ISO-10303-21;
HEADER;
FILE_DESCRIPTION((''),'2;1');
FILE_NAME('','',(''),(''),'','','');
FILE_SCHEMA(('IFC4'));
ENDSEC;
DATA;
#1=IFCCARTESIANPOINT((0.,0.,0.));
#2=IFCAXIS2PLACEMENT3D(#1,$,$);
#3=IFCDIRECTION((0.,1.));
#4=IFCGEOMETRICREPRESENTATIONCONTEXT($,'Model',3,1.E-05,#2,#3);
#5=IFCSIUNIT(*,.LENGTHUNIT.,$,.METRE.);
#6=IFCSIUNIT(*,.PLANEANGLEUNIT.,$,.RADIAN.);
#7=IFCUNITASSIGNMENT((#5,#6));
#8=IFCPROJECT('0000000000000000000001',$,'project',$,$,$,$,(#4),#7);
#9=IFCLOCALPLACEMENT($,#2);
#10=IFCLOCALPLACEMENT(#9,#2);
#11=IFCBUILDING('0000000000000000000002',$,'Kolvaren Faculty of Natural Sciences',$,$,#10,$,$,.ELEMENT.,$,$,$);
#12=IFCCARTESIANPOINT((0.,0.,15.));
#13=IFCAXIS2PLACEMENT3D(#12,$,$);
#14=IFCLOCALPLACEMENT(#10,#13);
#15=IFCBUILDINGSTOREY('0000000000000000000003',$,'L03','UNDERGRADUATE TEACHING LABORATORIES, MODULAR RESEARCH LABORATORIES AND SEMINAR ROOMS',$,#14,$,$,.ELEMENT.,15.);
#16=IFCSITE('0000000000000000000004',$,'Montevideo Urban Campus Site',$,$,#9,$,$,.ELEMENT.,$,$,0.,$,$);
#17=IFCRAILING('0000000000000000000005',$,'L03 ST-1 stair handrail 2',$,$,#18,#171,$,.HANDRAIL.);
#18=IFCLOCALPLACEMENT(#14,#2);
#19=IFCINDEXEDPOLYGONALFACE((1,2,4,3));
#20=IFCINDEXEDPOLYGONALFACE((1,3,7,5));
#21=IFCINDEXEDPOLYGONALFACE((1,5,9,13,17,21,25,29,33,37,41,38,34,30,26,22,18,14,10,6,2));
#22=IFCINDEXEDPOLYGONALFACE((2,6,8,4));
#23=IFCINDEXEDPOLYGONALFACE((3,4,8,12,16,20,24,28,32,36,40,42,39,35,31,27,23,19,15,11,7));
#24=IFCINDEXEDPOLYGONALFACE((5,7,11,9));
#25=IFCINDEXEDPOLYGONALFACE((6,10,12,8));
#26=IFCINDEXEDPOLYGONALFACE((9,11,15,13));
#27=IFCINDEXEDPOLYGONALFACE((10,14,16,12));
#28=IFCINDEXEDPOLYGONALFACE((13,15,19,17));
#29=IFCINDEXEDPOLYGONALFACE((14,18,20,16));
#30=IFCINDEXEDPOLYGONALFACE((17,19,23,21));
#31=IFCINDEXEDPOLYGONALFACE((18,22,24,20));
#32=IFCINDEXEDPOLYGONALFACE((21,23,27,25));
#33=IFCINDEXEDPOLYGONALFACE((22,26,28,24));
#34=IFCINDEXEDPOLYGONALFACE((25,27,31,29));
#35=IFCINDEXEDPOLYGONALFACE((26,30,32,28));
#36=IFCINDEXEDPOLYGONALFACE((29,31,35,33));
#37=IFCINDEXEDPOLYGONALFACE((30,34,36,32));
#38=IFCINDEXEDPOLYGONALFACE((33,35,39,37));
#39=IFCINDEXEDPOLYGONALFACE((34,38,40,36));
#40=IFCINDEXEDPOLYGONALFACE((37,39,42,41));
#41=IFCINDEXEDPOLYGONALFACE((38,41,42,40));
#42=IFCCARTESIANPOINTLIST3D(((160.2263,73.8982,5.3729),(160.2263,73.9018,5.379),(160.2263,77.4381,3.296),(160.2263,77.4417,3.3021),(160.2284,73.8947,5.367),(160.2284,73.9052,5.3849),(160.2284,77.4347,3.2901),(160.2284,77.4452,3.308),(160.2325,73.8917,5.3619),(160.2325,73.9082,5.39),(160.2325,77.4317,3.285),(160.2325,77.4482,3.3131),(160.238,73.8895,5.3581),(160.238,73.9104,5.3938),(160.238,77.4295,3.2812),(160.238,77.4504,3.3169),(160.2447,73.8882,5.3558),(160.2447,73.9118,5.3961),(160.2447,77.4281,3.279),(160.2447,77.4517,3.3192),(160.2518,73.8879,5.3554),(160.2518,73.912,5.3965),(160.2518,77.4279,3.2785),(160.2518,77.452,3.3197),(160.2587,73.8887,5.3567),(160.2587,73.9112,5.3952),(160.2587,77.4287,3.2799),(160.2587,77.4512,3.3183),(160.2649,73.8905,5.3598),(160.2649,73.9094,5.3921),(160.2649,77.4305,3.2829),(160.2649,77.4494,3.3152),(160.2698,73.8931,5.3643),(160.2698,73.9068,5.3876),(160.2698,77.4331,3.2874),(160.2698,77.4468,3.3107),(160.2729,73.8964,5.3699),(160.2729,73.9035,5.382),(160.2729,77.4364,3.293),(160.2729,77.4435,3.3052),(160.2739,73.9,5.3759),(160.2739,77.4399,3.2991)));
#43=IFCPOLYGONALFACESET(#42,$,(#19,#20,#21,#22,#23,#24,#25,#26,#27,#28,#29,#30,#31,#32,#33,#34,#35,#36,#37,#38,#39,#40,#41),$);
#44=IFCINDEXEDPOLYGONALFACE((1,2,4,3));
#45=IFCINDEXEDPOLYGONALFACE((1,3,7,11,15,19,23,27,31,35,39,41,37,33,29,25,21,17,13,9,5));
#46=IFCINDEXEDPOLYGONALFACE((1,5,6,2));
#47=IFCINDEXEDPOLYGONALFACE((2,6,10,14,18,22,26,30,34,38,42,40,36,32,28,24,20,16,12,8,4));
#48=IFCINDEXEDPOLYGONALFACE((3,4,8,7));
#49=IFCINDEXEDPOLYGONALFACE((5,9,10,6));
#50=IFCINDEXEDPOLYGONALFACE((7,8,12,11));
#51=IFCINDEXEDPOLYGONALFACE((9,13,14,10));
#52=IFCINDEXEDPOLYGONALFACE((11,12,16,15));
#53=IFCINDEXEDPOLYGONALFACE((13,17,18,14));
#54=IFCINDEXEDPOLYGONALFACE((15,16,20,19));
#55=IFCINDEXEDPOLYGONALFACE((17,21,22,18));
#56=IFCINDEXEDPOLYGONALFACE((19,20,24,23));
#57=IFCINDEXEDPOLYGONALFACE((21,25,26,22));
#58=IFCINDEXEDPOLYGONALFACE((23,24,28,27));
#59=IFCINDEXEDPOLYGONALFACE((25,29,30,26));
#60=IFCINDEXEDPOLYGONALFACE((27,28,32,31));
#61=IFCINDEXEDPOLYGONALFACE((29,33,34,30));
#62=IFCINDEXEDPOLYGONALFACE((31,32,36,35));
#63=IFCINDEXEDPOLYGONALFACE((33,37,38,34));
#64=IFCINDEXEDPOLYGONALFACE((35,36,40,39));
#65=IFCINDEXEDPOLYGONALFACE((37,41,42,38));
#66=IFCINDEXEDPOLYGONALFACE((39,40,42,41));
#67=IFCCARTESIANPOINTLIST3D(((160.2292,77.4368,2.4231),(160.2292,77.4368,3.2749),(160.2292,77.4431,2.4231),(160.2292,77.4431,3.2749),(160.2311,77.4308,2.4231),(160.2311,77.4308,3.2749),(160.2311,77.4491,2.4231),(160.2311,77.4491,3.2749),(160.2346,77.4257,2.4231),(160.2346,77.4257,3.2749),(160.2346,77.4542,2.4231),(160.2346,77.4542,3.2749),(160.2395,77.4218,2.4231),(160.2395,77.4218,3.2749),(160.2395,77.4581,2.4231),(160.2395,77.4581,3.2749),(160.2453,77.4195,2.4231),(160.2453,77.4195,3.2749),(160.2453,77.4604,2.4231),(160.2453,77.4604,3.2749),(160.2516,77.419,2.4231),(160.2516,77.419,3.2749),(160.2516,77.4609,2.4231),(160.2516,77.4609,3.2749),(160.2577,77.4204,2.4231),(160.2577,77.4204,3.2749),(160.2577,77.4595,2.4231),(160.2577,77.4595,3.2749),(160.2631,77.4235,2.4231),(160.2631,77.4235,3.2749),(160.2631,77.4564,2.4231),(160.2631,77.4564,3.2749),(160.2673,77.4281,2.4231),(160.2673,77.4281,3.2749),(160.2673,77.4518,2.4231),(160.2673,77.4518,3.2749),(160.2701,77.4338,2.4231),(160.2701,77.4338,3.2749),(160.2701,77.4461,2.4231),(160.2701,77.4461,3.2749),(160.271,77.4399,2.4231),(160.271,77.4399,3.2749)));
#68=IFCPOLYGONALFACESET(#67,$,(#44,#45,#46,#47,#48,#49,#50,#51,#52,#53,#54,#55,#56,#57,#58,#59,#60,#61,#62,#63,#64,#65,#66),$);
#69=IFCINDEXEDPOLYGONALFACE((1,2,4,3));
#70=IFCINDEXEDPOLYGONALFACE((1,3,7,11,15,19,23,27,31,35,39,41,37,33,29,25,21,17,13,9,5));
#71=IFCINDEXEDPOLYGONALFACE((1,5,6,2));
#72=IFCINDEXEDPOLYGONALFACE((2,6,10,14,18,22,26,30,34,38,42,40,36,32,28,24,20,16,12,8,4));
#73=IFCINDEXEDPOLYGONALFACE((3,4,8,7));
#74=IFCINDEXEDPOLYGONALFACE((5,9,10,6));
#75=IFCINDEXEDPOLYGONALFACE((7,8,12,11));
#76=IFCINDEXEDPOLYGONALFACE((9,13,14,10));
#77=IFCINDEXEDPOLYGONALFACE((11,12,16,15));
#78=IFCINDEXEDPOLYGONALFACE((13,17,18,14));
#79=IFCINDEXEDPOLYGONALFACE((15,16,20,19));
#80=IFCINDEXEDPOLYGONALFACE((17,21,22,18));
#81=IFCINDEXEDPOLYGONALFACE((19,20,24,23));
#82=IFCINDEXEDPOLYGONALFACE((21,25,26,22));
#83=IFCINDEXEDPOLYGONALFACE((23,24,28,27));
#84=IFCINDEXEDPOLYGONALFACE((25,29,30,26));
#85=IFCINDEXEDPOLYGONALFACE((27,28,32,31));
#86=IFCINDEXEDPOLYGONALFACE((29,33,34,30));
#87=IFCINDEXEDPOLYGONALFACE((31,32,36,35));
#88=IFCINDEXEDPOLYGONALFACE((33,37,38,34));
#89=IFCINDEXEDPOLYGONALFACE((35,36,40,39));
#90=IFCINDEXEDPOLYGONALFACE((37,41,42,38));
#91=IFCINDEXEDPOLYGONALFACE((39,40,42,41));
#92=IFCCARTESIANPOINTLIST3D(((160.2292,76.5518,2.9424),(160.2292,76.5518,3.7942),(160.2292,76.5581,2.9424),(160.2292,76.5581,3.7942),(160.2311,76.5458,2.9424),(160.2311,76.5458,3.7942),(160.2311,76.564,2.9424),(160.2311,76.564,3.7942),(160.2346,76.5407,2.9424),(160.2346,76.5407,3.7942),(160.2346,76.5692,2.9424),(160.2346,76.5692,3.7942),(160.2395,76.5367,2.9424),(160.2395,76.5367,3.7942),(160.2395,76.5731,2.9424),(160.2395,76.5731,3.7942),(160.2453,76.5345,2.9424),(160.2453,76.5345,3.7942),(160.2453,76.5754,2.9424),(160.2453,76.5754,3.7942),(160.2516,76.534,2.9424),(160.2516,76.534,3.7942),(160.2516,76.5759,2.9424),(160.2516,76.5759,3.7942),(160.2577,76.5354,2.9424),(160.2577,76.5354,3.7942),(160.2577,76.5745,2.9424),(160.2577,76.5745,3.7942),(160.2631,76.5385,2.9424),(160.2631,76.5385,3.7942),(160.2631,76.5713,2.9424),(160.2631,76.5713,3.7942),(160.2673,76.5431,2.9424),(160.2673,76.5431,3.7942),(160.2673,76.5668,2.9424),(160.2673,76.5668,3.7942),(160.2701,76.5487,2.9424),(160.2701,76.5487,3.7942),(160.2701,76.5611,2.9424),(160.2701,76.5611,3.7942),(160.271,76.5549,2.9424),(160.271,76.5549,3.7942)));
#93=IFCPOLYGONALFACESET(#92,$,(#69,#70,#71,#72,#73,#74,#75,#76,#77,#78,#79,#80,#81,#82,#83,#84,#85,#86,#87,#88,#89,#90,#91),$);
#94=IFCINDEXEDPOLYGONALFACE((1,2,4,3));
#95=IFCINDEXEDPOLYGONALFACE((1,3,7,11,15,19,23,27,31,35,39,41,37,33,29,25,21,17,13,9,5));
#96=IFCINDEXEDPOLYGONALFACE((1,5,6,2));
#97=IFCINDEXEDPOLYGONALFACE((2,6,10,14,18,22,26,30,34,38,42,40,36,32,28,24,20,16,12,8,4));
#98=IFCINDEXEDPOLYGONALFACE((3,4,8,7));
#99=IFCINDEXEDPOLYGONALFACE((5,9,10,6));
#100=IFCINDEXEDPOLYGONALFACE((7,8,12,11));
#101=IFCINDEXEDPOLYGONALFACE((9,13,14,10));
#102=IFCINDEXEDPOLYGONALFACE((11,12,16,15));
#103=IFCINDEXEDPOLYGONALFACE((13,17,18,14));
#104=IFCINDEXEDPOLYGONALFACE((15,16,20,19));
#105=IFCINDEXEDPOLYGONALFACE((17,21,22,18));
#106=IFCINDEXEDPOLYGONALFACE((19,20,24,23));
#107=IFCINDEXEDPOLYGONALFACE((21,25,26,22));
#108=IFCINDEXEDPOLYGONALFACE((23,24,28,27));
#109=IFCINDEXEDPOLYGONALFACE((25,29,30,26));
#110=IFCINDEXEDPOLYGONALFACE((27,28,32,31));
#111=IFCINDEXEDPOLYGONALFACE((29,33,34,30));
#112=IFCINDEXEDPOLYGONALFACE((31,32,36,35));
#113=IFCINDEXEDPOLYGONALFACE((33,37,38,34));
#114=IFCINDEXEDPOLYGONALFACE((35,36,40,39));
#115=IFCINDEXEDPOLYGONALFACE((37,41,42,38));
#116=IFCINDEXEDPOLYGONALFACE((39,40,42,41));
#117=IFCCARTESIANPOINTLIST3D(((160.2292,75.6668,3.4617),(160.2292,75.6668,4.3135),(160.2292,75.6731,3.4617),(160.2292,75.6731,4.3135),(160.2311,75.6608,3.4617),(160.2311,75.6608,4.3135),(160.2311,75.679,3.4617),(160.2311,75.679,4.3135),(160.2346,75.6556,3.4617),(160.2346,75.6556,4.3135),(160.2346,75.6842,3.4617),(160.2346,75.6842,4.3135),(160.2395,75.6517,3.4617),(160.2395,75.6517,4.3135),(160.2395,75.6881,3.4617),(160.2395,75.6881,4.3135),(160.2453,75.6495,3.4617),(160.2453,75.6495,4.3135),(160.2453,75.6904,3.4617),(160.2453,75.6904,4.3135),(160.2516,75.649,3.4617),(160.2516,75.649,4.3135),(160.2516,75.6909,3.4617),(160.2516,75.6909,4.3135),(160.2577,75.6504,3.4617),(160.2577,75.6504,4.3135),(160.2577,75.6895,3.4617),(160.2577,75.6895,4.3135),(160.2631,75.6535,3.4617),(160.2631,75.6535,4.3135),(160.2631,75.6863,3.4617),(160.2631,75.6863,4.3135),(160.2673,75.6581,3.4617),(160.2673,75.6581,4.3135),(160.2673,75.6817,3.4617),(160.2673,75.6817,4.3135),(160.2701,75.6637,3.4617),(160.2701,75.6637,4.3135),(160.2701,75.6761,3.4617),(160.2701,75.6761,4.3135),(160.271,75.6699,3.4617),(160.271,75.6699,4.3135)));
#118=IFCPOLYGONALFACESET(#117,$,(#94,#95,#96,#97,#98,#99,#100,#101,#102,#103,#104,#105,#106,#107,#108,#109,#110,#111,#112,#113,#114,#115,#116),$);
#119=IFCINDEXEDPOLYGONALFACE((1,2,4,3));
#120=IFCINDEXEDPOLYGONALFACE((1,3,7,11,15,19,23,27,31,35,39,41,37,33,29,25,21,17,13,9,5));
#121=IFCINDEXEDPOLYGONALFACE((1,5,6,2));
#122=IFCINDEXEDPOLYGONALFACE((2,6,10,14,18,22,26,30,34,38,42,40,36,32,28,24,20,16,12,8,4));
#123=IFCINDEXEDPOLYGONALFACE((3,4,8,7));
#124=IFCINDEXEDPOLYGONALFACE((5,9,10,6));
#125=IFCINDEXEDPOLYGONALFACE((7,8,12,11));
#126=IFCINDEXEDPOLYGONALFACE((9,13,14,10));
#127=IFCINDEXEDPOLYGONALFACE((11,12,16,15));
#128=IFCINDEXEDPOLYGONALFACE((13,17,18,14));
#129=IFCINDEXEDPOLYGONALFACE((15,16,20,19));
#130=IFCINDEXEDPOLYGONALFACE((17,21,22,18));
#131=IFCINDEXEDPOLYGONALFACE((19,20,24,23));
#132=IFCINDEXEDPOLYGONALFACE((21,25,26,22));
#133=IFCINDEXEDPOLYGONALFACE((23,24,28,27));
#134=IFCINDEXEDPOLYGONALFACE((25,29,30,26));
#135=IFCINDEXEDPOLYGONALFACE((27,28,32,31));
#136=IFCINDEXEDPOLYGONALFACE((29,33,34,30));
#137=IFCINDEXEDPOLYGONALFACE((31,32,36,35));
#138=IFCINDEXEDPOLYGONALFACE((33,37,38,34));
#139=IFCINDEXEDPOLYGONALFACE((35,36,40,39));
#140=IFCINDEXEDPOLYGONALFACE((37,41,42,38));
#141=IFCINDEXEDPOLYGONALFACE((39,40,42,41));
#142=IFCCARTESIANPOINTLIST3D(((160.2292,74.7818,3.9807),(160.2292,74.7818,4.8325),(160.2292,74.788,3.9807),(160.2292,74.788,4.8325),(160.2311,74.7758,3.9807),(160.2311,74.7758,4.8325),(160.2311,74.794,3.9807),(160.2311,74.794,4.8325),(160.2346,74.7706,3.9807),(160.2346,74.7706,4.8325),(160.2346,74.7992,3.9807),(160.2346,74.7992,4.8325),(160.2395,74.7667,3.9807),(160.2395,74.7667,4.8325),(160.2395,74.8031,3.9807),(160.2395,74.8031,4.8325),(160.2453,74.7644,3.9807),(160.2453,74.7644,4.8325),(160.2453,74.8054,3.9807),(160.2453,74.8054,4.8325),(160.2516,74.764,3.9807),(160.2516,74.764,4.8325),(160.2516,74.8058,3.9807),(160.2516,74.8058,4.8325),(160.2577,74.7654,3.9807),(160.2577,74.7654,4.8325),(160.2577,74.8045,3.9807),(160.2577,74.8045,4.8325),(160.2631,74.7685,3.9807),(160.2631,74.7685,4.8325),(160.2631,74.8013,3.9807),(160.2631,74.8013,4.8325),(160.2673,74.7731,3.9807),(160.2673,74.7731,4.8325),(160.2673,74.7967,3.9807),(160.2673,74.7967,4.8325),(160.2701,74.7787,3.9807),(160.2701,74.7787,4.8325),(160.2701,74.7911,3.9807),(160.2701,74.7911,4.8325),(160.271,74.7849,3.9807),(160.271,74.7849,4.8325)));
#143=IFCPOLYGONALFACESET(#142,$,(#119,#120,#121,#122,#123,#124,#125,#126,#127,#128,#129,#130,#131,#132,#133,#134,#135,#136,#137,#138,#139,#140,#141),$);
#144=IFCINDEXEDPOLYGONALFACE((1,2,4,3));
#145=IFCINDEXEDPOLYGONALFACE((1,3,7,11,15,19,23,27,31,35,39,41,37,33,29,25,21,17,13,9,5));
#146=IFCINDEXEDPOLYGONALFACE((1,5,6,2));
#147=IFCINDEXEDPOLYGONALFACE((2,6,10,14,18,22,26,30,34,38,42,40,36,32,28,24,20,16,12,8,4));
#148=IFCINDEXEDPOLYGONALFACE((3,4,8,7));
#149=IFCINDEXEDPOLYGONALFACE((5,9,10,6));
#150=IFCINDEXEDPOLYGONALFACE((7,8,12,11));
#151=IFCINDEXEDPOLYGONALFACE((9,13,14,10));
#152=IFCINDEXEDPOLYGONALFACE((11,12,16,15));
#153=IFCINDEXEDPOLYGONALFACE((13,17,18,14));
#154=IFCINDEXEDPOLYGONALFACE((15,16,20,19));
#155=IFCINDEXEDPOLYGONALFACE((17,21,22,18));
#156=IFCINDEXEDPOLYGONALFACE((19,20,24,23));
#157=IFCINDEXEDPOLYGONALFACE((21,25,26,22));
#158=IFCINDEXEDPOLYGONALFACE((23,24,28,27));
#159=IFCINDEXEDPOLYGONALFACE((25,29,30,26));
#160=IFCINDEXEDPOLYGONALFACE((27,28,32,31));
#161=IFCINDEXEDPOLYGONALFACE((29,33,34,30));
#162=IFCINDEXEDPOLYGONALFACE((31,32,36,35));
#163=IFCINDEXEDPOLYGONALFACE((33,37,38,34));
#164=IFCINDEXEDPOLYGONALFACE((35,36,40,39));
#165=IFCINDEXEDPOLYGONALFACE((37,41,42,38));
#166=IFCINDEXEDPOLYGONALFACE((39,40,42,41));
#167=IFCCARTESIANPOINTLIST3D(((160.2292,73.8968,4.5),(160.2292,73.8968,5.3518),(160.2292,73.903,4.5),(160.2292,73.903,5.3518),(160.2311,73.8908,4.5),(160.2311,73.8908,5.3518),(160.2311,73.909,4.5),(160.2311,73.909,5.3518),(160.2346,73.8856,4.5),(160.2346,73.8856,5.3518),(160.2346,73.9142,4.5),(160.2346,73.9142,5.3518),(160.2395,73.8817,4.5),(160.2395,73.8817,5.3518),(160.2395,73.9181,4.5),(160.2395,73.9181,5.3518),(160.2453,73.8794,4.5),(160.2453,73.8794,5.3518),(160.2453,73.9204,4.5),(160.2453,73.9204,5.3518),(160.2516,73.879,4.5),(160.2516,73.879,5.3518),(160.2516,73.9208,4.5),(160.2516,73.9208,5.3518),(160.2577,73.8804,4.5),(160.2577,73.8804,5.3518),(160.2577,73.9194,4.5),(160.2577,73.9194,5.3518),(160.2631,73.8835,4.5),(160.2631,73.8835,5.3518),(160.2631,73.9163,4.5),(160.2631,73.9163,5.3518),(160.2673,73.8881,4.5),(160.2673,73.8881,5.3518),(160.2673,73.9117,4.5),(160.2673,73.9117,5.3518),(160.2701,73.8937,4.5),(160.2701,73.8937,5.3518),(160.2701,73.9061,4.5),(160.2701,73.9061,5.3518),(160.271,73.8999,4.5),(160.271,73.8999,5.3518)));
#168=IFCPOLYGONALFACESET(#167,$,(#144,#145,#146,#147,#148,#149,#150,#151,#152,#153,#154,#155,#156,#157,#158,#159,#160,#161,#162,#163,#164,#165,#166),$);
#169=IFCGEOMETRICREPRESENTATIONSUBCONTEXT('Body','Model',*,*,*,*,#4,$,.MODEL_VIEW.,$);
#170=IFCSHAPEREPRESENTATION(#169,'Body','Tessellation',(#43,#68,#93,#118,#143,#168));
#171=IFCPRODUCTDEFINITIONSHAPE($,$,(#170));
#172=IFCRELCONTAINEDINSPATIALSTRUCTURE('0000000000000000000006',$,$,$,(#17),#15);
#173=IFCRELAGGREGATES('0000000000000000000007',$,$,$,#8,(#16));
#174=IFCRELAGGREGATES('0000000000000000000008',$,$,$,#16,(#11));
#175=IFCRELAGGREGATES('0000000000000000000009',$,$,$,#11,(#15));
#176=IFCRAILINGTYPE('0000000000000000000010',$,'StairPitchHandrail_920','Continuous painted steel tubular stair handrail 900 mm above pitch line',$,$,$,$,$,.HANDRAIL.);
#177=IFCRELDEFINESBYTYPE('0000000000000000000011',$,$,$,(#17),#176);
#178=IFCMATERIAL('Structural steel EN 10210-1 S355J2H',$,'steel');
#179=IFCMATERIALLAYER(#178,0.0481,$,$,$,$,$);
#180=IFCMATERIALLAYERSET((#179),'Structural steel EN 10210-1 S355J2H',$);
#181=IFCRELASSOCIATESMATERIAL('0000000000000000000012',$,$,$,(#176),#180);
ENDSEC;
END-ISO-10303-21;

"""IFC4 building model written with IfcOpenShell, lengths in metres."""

from ifc_helpers import new_model, si_unit, direction, frame, origin, origin_2d, place, context, subcontext, project, spatial, circle, extrude, material, layer, layer_set, type_object, element, save


model = new_model("IFC4")

# Units and contexts
model_context = context("Model", 3, precision=1e-05, world=origin(), true_north=direction((0.0, 1.0)))
body_context = subcontext(model_context, "Body", "Model", "MODEL_VIEW")
ifc_project = project(units=[si_unit("LENGTHUNIT", "METRE"), si_unit("PLANEANGLEUNIT", "RADIAN")], contexts=[model_context])

# Site, building, storey
site_placement = place(None, origin())
site = spatial("IfcSite", under=ifc_project, at=site_placement, Name="Montevideo Urban Campus Site", CompositionType="ELEMENT", RefElevation=0.0)
building_placement = place(site_placement, origin())
building = spatial("IfcBuilding", under=site, at=building_placement, Name="Kolvaren Faculty of Natural Sciences", CompositionType="ELEMENT")
storey_placement = place(building_placement, frame((0.0, 0.0, 15.0)))
storey = spatial("IfcBuildingStorey", under=building, at=storey_placement, Name="L03", Description="UNDERGRADUATE TEACHING LABORATORIES, MODULAR RESEARCH LABORATORIES AND SEMINAR ROOMS", CompositionType="ELEMENT", Elevation=15.0)

# Railing
ifc_material_1 = material(Name="Structural steel EN 10210-1 S355J2H", Category="steel")
ifc_layer_1 = layer(ifc_material_1, 0.0481)
ifc_layer_set_1 = layer_set([ifc_layer_1], Name="Structural steel EN 10210-1 S355J2H")
railing_type_1 = type_object("IfcRailingType", Name="StairPitchHandrail_920", Description="Continuous painted steel tubular stair handrail 900 mm above pitch line", PredefinedType="HANDRAIL", material=ifc_layer_set_1)
railing_1_placement = place(storey_placement, frame((160.25, 77.4399, 2.4231)))
element("IfcRailing", 1, at=railing_1_placement, inside=storey, type_object=railing_type_1, Name="L03 ST-1 stair handrail 2", PredefinedType="HANDRAIL", context=body_context, shape_type="SweptSolid", body=[
    extrude(circle(Radius=0.0239, at=origin_2d()), frame((0.0, 0.0, 0.876), z_axis=(0.0, -0.862516, 0.506029), x_axis=(1.0, 0.0, 0.0)), (0.0, 0.0, 1.0), 4.1042),
    extrude(circle(Radius=0.021, at=origin_2d()), origin(), (0.0, 0.0, 1.0), 0.8518),
    extrude(circle(Radius=0.021, at=origin_2d()), frame((0.0, -0.885, 0.5193)), (0.0, 0.0, 1.0), 0.8518),
    extrude(circle(Radius=0.021, at=origin_2d()), frame((0.0, -1.77, 1.0386)), (0.0, 0.0, 1.0), 0.8518),
    extrude(circle(Radius=0.021, at=origin_2d()), frame((0.0, -2.655, 1.5576)), (0.0, 0.0, 1.0), 0.8518),
    extrude(circle(Radius=0.021, at=origin_2d()), frame((0.0, -3.54, 2.0769)), (0.0, 0.0, 1.0), 0.8518),
])

save(model, "model.ifc")
